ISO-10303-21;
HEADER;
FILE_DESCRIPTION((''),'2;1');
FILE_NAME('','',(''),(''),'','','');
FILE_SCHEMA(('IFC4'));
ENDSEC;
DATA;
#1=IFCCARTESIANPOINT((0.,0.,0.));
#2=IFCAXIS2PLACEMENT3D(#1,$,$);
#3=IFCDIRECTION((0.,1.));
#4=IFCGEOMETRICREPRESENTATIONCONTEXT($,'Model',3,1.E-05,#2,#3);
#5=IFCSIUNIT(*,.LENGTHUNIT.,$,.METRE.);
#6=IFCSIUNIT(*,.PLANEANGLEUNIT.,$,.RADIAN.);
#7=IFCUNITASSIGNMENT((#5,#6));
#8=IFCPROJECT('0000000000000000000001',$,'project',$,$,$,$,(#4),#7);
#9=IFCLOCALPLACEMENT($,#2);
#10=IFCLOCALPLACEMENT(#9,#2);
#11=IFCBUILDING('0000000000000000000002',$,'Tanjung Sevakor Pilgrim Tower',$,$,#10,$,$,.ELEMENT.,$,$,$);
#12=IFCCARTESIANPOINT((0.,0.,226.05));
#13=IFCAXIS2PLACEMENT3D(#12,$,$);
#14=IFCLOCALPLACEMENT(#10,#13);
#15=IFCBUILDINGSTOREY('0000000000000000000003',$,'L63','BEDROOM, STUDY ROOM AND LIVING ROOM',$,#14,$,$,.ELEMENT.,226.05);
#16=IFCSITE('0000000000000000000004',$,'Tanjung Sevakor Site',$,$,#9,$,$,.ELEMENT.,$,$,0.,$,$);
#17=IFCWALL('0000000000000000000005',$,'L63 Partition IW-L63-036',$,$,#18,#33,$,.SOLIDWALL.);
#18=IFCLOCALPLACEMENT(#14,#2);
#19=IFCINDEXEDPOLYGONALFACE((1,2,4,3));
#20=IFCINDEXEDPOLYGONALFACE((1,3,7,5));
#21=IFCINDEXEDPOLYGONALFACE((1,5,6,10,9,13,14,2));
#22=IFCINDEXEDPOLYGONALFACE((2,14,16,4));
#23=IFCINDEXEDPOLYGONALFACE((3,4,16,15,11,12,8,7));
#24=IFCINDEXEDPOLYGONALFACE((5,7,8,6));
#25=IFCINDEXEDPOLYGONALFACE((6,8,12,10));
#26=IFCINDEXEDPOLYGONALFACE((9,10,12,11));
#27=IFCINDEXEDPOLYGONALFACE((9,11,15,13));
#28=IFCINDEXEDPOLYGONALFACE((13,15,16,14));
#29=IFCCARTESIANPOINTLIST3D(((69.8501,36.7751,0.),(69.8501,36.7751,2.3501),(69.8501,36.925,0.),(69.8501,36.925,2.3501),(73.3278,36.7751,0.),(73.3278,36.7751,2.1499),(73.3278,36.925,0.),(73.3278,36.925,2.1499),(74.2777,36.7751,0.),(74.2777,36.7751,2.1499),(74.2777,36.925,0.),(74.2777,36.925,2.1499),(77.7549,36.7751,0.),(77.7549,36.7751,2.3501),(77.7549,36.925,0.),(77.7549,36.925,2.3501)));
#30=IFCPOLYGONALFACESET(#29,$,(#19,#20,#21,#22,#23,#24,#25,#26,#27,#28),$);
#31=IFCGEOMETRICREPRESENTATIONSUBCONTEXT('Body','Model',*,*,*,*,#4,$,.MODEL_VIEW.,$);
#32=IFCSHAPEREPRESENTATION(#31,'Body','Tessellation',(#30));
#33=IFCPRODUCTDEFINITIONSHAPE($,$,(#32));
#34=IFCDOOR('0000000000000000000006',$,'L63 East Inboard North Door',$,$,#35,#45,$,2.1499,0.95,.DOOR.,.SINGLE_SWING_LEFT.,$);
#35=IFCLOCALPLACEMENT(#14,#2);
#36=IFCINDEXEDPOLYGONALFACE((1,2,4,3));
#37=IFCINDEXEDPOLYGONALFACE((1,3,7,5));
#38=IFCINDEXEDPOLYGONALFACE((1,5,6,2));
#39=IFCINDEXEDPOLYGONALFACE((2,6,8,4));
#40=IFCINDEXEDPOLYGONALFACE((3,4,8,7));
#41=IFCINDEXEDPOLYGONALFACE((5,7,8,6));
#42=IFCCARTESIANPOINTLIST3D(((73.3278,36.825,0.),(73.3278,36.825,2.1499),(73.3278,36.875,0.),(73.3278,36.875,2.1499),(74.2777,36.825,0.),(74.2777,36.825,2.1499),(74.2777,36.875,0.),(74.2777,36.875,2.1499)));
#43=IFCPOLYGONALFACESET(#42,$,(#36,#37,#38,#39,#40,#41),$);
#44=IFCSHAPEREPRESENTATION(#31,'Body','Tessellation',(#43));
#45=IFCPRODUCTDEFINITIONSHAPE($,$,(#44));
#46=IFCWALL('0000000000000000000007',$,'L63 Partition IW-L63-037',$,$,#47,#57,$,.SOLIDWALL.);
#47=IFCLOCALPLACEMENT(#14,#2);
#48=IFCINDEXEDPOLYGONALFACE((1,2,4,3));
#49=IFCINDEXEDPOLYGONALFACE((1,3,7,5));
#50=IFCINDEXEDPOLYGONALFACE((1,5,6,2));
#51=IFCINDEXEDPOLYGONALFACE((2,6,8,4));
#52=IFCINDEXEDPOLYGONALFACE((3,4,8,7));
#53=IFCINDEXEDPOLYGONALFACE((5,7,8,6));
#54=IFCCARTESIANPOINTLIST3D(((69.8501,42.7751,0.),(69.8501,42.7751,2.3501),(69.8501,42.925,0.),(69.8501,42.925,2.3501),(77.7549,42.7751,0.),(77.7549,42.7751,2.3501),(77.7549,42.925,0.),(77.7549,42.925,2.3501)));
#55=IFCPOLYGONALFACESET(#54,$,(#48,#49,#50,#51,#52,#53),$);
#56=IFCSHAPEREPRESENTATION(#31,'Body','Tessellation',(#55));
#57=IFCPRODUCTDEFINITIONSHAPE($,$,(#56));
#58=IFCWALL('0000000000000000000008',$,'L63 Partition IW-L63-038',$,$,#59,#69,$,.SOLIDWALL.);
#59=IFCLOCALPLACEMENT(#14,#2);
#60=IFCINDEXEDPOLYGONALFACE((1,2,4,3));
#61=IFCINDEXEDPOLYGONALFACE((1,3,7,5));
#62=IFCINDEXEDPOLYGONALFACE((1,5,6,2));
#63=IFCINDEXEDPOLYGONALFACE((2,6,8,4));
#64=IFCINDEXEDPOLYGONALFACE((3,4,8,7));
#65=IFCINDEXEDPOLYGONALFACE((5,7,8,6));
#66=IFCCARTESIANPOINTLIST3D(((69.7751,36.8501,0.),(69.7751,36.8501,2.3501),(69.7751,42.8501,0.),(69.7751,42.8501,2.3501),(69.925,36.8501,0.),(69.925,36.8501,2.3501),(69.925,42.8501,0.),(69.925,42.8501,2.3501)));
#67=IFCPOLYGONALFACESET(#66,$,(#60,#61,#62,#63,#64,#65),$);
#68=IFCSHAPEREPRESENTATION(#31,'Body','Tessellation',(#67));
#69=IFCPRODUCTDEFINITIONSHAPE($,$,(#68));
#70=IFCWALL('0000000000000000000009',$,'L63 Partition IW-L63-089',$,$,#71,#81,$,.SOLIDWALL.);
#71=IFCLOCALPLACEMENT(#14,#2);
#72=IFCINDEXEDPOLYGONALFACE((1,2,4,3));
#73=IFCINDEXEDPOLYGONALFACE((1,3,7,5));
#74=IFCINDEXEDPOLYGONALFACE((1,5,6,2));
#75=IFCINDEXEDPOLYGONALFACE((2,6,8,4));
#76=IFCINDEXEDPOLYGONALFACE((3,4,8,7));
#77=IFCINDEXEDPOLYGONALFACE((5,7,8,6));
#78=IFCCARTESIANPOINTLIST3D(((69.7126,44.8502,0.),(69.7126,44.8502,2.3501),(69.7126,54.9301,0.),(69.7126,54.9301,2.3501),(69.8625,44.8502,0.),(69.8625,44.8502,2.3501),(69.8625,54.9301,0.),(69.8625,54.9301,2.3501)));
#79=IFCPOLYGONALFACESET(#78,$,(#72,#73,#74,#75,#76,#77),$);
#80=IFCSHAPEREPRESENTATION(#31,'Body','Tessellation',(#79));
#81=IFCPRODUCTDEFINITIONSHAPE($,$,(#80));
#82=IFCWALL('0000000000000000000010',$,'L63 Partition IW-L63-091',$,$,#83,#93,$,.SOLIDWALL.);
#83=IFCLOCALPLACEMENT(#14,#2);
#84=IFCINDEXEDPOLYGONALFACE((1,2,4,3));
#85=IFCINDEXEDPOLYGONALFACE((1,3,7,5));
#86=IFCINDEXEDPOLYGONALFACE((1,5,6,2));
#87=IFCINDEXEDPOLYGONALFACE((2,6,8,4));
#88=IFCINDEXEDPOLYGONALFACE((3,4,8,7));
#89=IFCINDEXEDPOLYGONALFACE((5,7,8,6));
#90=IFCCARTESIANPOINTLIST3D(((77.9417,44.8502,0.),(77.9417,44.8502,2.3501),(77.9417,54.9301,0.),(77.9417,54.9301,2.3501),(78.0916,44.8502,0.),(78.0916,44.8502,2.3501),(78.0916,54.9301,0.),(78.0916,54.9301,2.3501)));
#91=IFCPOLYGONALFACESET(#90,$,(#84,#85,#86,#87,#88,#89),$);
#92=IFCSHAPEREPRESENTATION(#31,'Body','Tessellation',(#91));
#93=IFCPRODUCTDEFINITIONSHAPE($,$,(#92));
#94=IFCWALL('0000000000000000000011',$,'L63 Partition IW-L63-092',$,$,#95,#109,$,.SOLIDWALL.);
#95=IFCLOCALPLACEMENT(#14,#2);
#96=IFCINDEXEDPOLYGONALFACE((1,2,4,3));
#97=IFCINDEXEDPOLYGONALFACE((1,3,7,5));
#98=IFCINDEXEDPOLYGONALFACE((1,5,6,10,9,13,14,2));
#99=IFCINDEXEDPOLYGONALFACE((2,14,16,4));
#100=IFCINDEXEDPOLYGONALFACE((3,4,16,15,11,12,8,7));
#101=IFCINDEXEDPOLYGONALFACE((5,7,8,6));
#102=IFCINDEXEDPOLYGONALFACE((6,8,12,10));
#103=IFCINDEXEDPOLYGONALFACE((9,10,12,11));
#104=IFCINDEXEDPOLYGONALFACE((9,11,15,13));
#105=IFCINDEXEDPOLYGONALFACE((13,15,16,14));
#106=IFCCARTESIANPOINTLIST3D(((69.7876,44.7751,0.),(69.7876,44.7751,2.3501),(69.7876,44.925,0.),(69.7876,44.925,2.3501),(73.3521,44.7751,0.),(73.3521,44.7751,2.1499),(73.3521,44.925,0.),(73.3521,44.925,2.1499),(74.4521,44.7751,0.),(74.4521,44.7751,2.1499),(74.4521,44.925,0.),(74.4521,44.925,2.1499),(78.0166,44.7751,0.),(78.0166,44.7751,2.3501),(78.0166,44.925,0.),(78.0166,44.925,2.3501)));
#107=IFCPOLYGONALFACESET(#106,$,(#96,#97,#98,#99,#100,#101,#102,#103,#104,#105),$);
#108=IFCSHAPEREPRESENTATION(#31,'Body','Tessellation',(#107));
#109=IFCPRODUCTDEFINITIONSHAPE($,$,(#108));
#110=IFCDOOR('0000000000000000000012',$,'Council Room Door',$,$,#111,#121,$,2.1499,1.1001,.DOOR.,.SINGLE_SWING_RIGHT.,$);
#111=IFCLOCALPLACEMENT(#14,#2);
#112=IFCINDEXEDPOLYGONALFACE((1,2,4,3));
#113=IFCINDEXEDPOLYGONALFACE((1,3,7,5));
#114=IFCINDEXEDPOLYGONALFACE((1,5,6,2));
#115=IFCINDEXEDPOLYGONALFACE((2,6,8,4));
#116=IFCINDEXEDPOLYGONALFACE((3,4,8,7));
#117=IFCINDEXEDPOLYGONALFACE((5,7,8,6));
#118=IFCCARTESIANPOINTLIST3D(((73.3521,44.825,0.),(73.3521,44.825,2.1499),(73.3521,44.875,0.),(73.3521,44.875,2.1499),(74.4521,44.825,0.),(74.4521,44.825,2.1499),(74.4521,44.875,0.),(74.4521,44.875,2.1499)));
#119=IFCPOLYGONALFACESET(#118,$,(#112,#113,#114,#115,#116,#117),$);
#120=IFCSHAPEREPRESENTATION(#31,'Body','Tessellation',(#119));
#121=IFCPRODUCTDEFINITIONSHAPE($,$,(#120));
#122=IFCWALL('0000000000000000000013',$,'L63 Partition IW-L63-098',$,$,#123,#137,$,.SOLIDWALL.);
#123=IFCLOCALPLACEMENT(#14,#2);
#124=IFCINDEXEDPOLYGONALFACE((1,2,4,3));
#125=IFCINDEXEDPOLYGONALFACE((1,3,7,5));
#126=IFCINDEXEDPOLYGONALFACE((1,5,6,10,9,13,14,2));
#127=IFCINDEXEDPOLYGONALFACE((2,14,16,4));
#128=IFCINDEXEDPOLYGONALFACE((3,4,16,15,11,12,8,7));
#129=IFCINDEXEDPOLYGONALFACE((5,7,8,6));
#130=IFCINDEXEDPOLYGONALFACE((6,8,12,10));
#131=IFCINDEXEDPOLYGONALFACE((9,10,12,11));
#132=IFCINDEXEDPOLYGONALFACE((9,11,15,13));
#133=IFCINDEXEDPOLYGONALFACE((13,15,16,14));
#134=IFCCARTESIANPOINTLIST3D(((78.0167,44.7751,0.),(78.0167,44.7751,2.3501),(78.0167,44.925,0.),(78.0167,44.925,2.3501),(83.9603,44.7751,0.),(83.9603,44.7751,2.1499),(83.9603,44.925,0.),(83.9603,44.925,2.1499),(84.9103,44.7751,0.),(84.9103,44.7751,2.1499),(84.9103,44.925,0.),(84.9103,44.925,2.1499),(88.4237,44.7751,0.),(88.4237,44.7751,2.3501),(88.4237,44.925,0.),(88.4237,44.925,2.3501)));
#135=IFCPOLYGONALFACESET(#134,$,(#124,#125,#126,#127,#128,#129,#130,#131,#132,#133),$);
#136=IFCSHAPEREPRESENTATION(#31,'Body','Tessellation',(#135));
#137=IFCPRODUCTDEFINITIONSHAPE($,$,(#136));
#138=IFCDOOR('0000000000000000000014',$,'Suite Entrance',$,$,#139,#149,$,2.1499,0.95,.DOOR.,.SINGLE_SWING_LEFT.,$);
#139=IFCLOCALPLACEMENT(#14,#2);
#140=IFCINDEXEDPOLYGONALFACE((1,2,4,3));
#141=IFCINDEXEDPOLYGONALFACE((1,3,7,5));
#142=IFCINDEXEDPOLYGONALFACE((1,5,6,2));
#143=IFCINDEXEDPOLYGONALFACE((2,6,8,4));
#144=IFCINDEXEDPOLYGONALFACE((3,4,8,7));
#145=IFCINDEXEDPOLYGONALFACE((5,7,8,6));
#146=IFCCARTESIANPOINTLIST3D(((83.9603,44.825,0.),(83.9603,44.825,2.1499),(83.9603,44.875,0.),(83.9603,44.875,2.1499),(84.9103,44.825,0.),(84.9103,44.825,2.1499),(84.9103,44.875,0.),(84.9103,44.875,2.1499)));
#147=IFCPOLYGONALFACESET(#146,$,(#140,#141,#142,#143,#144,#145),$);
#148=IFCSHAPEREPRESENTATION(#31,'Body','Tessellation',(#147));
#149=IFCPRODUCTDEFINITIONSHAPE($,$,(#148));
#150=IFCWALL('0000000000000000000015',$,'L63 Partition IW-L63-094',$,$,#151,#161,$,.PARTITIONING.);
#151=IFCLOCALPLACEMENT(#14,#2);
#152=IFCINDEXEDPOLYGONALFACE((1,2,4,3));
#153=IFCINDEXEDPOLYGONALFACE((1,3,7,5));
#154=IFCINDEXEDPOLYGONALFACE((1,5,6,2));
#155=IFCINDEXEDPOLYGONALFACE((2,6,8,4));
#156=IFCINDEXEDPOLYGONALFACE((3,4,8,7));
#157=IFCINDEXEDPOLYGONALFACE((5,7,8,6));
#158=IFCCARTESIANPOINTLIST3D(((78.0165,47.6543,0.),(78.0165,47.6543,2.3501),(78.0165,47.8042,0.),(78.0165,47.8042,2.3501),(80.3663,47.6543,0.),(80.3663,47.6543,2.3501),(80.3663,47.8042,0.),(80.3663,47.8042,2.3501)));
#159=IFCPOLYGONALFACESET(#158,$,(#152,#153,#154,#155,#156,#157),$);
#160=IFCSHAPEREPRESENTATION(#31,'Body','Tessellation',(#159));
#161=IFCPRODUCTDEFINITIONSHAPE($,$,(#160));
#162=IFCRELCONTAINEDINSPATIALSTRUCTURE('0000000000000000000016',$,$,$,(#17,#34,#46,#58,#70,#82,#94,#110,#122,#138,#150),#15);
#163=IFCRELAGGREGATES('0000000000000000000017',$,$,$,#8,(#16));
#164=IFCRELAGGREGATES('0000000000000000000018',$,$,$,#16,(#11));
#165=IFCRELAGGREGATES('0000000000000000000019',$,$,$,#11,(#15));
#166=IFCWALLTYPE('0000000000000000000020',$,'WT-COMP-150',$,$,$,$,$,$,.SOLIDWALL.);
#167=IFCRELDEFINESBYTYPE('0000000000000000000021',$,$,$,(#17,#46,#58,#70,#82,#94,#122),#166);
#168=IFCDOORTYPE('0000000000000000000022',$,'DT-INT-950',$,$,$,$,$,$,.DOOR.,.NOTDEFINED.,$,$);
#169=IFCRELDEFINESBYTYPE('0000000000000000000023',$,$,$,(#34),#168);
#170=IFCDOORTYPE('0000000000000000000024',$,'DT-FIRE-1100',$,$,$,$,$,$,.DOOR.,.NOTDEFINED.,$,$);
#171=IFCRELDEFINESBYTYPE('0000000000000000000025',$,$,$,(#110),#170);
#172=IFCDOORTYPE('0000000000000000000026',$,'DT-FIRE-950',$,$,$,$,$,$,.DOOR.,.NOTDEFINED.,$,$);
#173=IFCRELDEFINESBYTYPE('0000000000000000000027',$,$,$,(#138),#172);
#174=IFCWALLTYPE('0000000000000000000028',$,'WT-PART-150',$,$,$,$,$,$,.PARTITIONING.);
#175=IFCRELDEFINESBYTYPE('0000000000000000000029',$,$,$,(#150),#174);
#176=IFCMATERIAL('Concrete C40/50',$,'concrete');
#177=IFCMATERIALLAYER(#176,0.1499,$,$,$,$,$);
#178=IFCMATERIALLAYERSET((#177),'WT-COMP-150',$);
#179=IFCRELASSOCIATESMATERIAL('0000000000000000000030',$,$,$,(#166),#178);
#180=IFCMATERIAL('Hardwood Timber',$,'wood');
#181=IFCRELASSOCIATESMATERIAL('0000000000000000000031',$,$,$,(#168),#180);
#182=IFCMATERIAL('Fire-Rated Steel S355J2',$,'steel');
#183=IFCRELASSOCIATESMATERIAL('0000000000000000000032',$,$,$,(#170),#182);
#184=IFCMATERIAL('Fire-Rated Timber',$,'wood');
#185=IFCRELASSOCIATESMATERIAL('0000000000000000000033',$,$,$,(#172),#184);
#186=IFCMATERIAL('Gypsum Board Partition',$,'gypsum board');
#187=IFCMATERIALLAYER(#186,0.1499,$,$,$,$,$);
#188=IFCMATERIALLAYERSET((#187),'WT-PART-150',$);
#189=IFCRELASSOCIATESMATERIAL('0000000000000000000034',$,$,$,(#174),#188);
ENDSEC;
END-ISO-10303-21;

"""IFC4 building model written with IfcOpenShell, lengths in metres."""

from ifc_helpers import new_model, si_unit, direction, frame, frame_2d, origin, place, context, subcontext, project, spatial, rectangle, extrude, material, layer, layer_set, type_object, element, fill, save


model = new_model("IFC4")

# Units and contexts
model_context = context("Model", 3, precision=1e-05, world=origin(), true_north=direction((0.0, 1.0)))
body_context = subcontext(model_context, "Body", "Model", "MODEL_VIEW")
ifc_project = project(units=[si_unit("LENGTHUNIT", "METRE"), si_unit("PLANEANGLEUNIT", "RADIAN")], contexts=[model_context])

# Site, building, storey
site_placement = place(None, origin())
site = spatial("IfcSite", under=ifc_project, at=site_placement, Name="Tanjung Sevakor Site", CompositionType="ELEMENT", RefElevation=0.0)
building_placement = place(site_placement, origin())
building = spatial("IfcBuilding", under=site, at=building_placement, Name="Tanjung Sevakor Pilgrim Tower", CompositionType="ELEMENT")
storey_placement = place(building_placement, frame((0.0, 0.0, 226.05)))
storey = spatial("IfcBuildingStorey", under=building, at=storey_placement, Name="L63", Description="BEDROOM, STUDY ROOM AND LIVING ROOM", CompositionType="ELEMENT", Elevation=226.05)

# Wall, opening, door
ifc_material_1 = material(Name="Concrete C40/50", Category="concrete")
ifc_layer_1 = layer(ifc_material_1, 0.1499)
ifc_layer_set_1 = layer_set([ifc_layer_1], Name="WT-COMP-150")
wall_type_1 = type_object("IfcWallType", Name="WT-COMP-150", PredefinedType="SOLIDWALL", material=ifc_layer_set_1)
ifc_material_2 = material(Name="Hardwood Timber", Category="wood")
door_type_1 = type_object("IfcDoorType", Name="DT-INT-950", OperationType="NOTDEFINED", PredefinedType="DOOR", material=ifc_material_2)
wall_1_placement = place(storey_placement, frame((69.8501, 36.8501, 0.0), z_axis=(0.0, 0.0, 1.0), x_axis=(1.0, 0.0, 0.0)))
wall_1 = element("IfcWall", 1, at=wall_1_placement, inside=storey, type_object=wall_type_1, Name="L63 Partition IW-L63-036", PredefinedType="SOLIDWALL", context=body_context, shape_type="SweptSolid", body=[
    extrude(rectangle(XDim=7.9048, YDim=0.1499, at=frame_2d((3.9524, 0.0))), origin(), (0.0, 0.0, 1.0), 2.3501),
])
opening_1_placement = place(wall_1_placement, frame((3.4775, 0.0, 0.0)))
opening_1 = element("IfcOpeningElement", 2, at=opening_1_placement, cuts=wall_1, PredefinedType="OPENING", context=body_context, shape_type="SweptSolid", body=[
    extrude(rectangle(XDim=0.95, YDim=2.1499, at=frame_2d((0.4751, 1.075))), frame((0.0, 0.085, 0.0), z_axis=(0.0, -1.0, 0.0), x_axis=(1.0, 0.0, 0.0)), (0.0, 0.0, 1.0), 0.1699),
])
door_1_placement = place(opening_1_placement, origin())
door_1 = element("IfcDoor", 3, at=door_1_placement, inside=storey, type_object=door_type_1, Name="L63 East Inboard North Door", OperationType="SINGLE_SWING_LEFT", OverallHeight=2.1499, OverallWidth=0.95, PredefinedType="DOOR", context=body_context, shape_type="SweptSolid", body=[
    extrude(rectangle(XDim=0.95, YDim=2.1499, at=frame_2d((0.4751, 1.075))), frame((0.0, 0.0249, 0.0), z_axis=(0.0, -1.0, 0.0), x_axis=(1.0, 0.0, 0.0)), (0.0, 0.0, 1.0), 0.05),
])
fill(opening_1, door_1)

# Walls
wall_2_placement = place(storey_placement, frame((69.8501, 42.8501, 0.0), z_axis=(0.0, 0.0, 1.0), x_axis=(1.0, 0.0, 0.0)))
element("IfcWall", 4, at=wall_2_placement, inside=storey, type_object=wall_type_1, Name="L63 Partition IW-L63-037", PredefinedType="SOLIDWALL", context=body_context, shape_type="SweptSolid", body=[
    extrude(rectangle(XDim=7.9048, YDim=0.1499, at=frame_2d((3.9524, 0.0))), origin(), (0.0, 0.0, 1.0), 2.3501),
])
wall_3_placement = place(storey_placement, frame((69.8501, 36.8501, 0.0), z_axis=(0.0, 0.0, 1.0), x_axis=(0.0, 1.0, 0.0)))
element("IfcWall", 5, at=wall_3_placement, inside=storey, type_object=wall_type_1, Name="L63 Partition IW-L63-038", PredefinedType="SOLIDWALL", context=body_context, shape_type="SweptSolid", body=[
    extrude(rectangle(XDim=6.0, YDim=0.1499, at=frame_2d((3.0, 0.0))), origin(), (0.0, 0.0, 1.0), 2.3501),
])
for number, where, z_axis, x_axis, name in (
    (6, (69.7876, 44.8501, 0.0), (0.0, 0.0, 1.0), (0.0, 1.0, 0.0), "L63 Partition IW-L63-089"),
    (7, (78.0166, 44.8501, 0.0), (0.0, 0.0, 1.0), (0.0, 1.0, 0.0), "L63 Partition IW-L63-091"),
):
    element("IfcWall", number, at=place(storey_placement, frame(where, z_axis=z_axis, x_axis=x_axis)), inside=storey, type_object=wall_type_1, Name=name, PredefinedType="SOLIDWALL", context=body_context, shape_type="SweptSolid", body=[
        extrude(rectangle(XDim=10.0798, YDim=0.1499, at=frame_2d((5.04, 0.0))), origin(), (0.0, 0.0, 1.0), 2.3501),
    ])

# Walls, openings, doors
wall_4_placement = place(storey_placement, frame((69.7876, 44.8501, 0.0), z_axis=(0.0, 0.0, 1.0), x_axis=(1.0, 0.0, 0.0)))
wall_4 = element("IfcWall", 8, at=wall_4_placement, inside=storey, type_object=wall_type_1, Name="L63 Partition IW-L63-092", PredefinedType="SOLIDWALL", context=body_context, shape_type="SweptSolid", body=[
    extrude(rectangle(XDim=8.229, YDim=0.1499, at=frame_2d((4.1145, 0.0))), origin(), (0.0, 0.0, 1.0), 2.3501),
])
opening_2_placement = place(wall_4_placement, frame((3.5645, 0.0, 0.0)))
opening_2 = element("IfcOpeningElement", 9, at=opening_2_placement, cuts=wall_4, PredefinedType="OPENING", context=body_context, shape_type="SweptSolid", body=[
    extrude(rectangle(XDim=1.1001, YDim=2.1499, at=frame_2d((0.55, 1.075))), frame((0.0, 0.085, 0.0), z_axis=(0.0, -1.0, 0.0), x_axis=(1.0, 0.0, 0.0)), (0.0, 0.0, 1.0), 0.1699),
])
ifc_material_3 = material(Name="Fire-Rated Steel S355J2", Category="steel")
door_type_2 = type_object("IfcDoorType", Name="DT-FIRE-1100", OperationType="NOTDEFINED", PredefinedType="DOOR", material=ifc_material_3)
door_2_placement = place(opening_2_placement, origin())
door_2 = element("IfcDoor", 10, at=door_2_placement, inside=storey, type_object=door_type_2, Name="Council Room Door", OperationType="SINGLE_SWING_RIGHT", OverallHeight=2.1499, OverallWidth=1.1001, PredefinedType="DOOR", context=body_context, shape_type="SweptSolid", body=[
    extrude(rectangle(XDim=1.1001, YDim=2.1499, at=frame_2d((0.55, 1.075))), frame((0.0, 0.0249, 0.0), z_axis=(0.0, -1.0, 0.0), x_axis=(1.0, 0.0, 0.0)), (0.0, 0.0, 1.0), 0.05),
])
fill(opening_2, door_2)
wall_5_placement = place(storey_placement, frame((78.0166, 44.8501, 0.0), z_axis=(0.0, 0.0, 1.0), x_axis=(1.0, 0.0, 0.0)))
wall_5 = element("IfcWall", 11, at=wall_5_placement, inside=storey, type_object=wall_type_1, Name="L63 Partition IW-L63-098", PredefinedType="SOLIDWALL", context=body_context, shape_type="SweptSolid", body=[
    extrude(rectangle(XDim=10.407, YDim=0.1499, at=frame_2d((5.2036, 0.0))), origin(), (0.0, 0.0, 1.0), 2.3501),
])
opening_3_placement = place(wall_5_placement, frame((5.9436, 0.0, 0.0)))
opening_3 = element("IfcOpeningElement", 12, at=opening_3_placement, cuts=wall_5, PredefinedType="OPENING", context=body_context, shape_type="SweptSolid", body=[
    extrude(rectangle(XDim=0.95, YDim=2.1499, at=frame_2d((0.4751, 1.075))), frame((0.0, 0.085, 0.0), z_axis=(0.0, -1.0, 0.0), x_axis=(1.0, 0.0, 0.0)), (0.0, 0.0, 1.0), 0.1699),
])
ifc_material_4 = material(Name="Fire-Rated Timber", Category="wood")
door_type_3 = type_object("IfcDoorType", Name="DT-FIRE-950", OperationType="NOTDEFINED", PredefinedType="DOOR", material=ifc_material_4)
door_3_placement = place(opening_3_placement, origin())
door_3 = element("IfcDoor", 13, at=door_3_placement, inside=storey, type_object=door_type_3, Name="Suite Entrance", OperationType="SINGLE_SWING_LEFT", OverallHeight=2.1499, OverallWidth=0.95, PredefinedType="DOOR", context=body_context, shape_type="SweptSolid", body=[
    extrude(rectangle(XDim=0.95, YDim=2.1499, at=frame_2d((0.4751, 1.075))), frame((0.0, 0.0249, 0.0), z_axis=(0.0, -1.0, 0.0), x_axis=(1.0, 0.0, 0.0)), (0.0, 0.0, 1.0), 0.05),
])
fill(opening_3, door_3)

# Wall
ifc_material_5 = material(Name="Gypsum Board Partition", Category="gypsum board")
ifc_layer_2 = layer(ifc_material_5, 0.1499)
ifc_layer_set_2 = layer_set([ifc_layer_2], Name="WT-PART-150")
wall_type_2 = type_object("IfcWallType", Name="WT-PART-150", PredefinedType="PARTITIONING", material=ifc_layer_set_2)
wall_6_placement = place(storey_placement, frame((78.0166, 47.7292, 0.0), z_axis=(0.0, 0.0, 1.0), x_axis=(1.0, 0.0, 0.0)))
element("IfcWall", 14, at=wall_6_placement, inside=storey, type_object=wall_type_2, Name="L63 Partition IW-L63-094", PredefinedType="PARTITIONING", context=body_context, shape_type="SweptSolid", body=[
    extrude(rectangle(XDim=2.3499, YDim=0.1499, at=frame_2d((1.1748, 0.0))), origin(), (0.0, 0.0, 1.0), 2.3501),
])

save(model, "model.ifc")
